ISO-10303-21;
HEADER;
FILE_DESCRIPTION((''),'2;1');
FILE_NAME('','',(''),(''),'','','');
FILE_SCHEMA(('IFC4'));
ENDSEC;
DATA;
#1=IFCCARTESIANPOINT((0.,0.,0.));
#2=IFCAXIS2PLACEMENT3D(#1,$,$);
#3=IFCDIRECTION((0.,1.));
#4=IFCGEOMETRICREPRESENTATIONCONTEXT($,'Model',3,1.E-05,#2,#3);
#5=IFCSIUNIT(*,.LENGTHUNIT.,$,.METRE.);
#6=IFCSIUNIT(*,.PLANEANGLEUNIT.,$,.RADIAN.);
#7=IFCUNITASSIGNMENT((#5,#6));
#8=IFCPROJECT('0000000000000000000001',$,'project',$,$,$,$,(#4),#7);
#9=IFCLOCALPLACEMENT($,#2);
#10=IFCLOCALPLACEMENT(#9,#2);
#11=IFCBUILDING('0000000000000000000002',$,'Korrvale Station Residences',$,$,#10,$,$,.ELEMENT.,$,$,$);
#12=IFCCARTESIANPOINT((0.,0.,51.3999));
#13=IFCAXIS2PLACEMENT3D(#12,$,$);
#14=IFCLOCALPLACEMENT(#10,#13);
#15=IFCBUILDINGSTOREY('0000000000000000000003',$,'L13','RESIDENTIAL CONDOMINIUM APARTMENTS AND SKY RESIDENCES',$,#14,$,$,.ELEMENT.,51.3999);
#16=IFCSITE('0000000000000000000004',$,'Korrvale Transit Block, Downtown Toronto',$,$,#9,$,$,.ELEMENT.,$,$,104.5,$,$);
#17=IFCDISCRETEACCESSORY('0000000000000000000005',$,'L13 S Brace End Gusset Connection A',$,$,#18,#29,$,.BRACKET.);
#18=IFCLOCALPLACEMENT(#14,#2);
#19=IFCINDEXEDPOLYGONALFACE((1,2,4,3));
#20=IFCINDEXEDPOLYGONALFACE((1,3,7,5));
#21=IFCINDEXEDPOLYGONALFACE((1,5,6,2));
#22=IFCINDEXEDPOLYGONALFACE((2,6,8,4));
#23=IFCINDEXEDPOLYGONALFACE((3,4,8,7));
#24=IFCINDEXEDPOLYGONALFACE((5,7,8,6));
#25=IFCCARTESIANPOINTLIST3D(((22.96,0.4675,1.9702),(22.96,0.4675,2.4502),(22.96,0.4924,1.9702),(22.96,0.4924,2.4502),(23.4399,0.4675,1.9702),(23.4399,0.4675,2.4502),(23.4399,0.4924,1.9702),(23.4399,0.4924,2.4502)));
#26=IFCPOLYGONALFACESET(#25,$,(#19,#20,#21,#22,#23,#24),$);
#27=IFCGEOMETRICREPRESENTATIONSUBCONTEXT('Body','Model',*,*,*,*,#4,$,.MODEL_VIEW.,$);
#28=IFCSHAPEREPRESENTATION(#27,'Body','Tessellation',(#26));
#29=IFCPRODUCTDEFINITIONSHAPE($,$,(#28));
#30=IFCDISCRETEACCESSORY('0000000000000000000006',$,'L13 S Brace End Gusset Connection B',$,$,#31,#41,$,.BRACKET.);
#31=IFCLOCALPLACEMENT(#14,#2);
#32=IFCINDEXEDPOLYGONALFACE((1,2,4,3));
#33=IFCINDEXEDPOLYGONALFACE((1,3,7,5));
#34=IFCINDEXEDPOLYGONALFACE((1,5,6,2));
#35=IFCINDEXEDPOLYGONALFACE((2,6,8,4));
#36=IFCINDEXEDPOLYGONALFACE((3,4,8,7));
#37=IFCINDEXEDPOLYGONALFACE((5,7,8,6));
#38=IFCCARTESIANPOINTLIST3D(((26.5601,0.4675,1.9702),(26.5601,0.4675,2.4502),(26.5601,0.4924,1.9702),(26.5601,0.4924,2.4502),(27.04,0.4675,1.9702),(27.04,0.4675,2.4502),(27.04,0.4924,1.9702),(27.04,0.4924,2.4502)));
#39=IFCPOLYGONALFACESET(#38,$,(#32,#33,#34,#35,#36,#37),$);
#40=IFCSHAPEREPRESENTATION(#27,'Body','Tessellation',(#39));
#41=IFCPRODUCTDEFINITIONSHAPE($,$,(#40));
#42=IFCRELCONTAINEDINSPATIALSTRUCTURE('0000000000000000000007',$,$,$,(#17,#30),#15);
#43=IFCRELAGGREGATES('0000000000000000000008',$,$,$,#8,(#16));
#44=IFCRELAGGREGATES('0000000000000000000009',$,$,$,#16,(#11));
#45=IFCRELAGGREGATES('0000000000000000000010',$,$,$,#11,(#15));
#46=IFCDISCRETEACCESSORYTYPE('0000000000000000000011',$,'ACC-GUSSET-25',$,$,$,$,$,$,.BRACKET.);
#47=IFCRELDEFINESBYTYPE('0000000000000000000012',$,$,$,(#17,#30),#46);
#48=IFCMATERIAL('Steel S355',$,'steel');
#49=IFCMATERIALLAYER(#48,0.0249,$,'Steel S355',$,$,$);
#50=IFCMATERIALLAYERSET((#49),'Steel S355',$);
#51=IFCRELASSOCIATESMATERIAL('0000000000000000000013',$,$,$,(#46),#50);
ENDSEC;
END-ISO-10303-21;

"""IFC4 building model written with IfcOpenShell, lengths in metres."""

from ifc_helpers import new_model, si_unit, direction, frame, origin, origin_2d, place, context, subcontext, project, spatial, rectangle, extrude, material, layer, layer_set, type_object, element, save


model = new_model("IFC4")

# Units and contexts
model_context = context("Model", 3, precision=1e-05, world=origin(), true_north=direction((0.0, 1.0)))
body_context = subcontext(model_context, "Body", "Model", "MODEL_VIEW")
ifc_project = project(units=[si_unit("LENGTHUNIT", "METRE"), si_unit("PLANEANGLEUNIT", "RADIAN")], contexts=[model_context])

# Site, building, storey
site_placement = place(None, origin())
site = spatial("IfcSite", under=ifc_project, at=site_placement, Name="Korrvale Transit Block, Downtown Toronto", CompositionType="ELEMENT", RefElevation=104.5)
building_placement = place(site_placement, origin())
building = spatial("IfcBuilding", under=site, at=building_placement, Name="Korrvale Station Residences", CompositionType="ELEMENT")
storey_placement = place(building_placement, frame((0.0, 0.0, 51.3999)))
storey = spatial("IfcBuildingStorey", under=building, at=storey_placement, Name="L13", Description="RESIDENTIAL CONDOMINIUM APARTMENTS AND SKY RESIDENCES", CompositionType="ELEMENT", Elevation=51.3999)

# Shared definitions
ifc_material_1 = material(Name="Steel S355", Category="steel")

# Discrete accessories
ifc_layer_1 = layer(ifc_material_1, 0.0249, Name="Steel S355")
ifc_layer_set_1 = layer_set([ifc_layer_1], Name="Steel S355")
discrete_accessory_type = type_object("IfcDiscreteAccessoryType", Name="ACC-GUSSET-25", PredefinedType="BRACKET", material=ifc_layer_set_1)
for number, where, z_axis, x_axis, name in (
    (1, (23.2, 0.48, 1.9702), (0.0, 0.0, 1.0), (1.0, 0.0, 0.0), "L13 S Brace End Gusset Connection A"),
    (2, (26.8, 0.48, 1.9702), (0.0, 0.0, 1.0), (1.0, 0.0, 0.0), "L13 S Brace End Gusset Connection B"),
):
    element("IfcDiscreteAccessory", number, at=place(storey_placement, frame(where, z_axis=z_axis, x_axis=x_axis)), inside=storey, type_object=discrete_accessory_type, Name=name, PredefinedType="BRACKET", context=body_context, shape_type="SweptSolid", body=[
        extrude(rectangle(XDim=0.48, YDim=0.0249, at=origin_2d()), origin(), (0.0, 0.0, 1.0), 0.48),
    ])

save(model, "model.ifc")
